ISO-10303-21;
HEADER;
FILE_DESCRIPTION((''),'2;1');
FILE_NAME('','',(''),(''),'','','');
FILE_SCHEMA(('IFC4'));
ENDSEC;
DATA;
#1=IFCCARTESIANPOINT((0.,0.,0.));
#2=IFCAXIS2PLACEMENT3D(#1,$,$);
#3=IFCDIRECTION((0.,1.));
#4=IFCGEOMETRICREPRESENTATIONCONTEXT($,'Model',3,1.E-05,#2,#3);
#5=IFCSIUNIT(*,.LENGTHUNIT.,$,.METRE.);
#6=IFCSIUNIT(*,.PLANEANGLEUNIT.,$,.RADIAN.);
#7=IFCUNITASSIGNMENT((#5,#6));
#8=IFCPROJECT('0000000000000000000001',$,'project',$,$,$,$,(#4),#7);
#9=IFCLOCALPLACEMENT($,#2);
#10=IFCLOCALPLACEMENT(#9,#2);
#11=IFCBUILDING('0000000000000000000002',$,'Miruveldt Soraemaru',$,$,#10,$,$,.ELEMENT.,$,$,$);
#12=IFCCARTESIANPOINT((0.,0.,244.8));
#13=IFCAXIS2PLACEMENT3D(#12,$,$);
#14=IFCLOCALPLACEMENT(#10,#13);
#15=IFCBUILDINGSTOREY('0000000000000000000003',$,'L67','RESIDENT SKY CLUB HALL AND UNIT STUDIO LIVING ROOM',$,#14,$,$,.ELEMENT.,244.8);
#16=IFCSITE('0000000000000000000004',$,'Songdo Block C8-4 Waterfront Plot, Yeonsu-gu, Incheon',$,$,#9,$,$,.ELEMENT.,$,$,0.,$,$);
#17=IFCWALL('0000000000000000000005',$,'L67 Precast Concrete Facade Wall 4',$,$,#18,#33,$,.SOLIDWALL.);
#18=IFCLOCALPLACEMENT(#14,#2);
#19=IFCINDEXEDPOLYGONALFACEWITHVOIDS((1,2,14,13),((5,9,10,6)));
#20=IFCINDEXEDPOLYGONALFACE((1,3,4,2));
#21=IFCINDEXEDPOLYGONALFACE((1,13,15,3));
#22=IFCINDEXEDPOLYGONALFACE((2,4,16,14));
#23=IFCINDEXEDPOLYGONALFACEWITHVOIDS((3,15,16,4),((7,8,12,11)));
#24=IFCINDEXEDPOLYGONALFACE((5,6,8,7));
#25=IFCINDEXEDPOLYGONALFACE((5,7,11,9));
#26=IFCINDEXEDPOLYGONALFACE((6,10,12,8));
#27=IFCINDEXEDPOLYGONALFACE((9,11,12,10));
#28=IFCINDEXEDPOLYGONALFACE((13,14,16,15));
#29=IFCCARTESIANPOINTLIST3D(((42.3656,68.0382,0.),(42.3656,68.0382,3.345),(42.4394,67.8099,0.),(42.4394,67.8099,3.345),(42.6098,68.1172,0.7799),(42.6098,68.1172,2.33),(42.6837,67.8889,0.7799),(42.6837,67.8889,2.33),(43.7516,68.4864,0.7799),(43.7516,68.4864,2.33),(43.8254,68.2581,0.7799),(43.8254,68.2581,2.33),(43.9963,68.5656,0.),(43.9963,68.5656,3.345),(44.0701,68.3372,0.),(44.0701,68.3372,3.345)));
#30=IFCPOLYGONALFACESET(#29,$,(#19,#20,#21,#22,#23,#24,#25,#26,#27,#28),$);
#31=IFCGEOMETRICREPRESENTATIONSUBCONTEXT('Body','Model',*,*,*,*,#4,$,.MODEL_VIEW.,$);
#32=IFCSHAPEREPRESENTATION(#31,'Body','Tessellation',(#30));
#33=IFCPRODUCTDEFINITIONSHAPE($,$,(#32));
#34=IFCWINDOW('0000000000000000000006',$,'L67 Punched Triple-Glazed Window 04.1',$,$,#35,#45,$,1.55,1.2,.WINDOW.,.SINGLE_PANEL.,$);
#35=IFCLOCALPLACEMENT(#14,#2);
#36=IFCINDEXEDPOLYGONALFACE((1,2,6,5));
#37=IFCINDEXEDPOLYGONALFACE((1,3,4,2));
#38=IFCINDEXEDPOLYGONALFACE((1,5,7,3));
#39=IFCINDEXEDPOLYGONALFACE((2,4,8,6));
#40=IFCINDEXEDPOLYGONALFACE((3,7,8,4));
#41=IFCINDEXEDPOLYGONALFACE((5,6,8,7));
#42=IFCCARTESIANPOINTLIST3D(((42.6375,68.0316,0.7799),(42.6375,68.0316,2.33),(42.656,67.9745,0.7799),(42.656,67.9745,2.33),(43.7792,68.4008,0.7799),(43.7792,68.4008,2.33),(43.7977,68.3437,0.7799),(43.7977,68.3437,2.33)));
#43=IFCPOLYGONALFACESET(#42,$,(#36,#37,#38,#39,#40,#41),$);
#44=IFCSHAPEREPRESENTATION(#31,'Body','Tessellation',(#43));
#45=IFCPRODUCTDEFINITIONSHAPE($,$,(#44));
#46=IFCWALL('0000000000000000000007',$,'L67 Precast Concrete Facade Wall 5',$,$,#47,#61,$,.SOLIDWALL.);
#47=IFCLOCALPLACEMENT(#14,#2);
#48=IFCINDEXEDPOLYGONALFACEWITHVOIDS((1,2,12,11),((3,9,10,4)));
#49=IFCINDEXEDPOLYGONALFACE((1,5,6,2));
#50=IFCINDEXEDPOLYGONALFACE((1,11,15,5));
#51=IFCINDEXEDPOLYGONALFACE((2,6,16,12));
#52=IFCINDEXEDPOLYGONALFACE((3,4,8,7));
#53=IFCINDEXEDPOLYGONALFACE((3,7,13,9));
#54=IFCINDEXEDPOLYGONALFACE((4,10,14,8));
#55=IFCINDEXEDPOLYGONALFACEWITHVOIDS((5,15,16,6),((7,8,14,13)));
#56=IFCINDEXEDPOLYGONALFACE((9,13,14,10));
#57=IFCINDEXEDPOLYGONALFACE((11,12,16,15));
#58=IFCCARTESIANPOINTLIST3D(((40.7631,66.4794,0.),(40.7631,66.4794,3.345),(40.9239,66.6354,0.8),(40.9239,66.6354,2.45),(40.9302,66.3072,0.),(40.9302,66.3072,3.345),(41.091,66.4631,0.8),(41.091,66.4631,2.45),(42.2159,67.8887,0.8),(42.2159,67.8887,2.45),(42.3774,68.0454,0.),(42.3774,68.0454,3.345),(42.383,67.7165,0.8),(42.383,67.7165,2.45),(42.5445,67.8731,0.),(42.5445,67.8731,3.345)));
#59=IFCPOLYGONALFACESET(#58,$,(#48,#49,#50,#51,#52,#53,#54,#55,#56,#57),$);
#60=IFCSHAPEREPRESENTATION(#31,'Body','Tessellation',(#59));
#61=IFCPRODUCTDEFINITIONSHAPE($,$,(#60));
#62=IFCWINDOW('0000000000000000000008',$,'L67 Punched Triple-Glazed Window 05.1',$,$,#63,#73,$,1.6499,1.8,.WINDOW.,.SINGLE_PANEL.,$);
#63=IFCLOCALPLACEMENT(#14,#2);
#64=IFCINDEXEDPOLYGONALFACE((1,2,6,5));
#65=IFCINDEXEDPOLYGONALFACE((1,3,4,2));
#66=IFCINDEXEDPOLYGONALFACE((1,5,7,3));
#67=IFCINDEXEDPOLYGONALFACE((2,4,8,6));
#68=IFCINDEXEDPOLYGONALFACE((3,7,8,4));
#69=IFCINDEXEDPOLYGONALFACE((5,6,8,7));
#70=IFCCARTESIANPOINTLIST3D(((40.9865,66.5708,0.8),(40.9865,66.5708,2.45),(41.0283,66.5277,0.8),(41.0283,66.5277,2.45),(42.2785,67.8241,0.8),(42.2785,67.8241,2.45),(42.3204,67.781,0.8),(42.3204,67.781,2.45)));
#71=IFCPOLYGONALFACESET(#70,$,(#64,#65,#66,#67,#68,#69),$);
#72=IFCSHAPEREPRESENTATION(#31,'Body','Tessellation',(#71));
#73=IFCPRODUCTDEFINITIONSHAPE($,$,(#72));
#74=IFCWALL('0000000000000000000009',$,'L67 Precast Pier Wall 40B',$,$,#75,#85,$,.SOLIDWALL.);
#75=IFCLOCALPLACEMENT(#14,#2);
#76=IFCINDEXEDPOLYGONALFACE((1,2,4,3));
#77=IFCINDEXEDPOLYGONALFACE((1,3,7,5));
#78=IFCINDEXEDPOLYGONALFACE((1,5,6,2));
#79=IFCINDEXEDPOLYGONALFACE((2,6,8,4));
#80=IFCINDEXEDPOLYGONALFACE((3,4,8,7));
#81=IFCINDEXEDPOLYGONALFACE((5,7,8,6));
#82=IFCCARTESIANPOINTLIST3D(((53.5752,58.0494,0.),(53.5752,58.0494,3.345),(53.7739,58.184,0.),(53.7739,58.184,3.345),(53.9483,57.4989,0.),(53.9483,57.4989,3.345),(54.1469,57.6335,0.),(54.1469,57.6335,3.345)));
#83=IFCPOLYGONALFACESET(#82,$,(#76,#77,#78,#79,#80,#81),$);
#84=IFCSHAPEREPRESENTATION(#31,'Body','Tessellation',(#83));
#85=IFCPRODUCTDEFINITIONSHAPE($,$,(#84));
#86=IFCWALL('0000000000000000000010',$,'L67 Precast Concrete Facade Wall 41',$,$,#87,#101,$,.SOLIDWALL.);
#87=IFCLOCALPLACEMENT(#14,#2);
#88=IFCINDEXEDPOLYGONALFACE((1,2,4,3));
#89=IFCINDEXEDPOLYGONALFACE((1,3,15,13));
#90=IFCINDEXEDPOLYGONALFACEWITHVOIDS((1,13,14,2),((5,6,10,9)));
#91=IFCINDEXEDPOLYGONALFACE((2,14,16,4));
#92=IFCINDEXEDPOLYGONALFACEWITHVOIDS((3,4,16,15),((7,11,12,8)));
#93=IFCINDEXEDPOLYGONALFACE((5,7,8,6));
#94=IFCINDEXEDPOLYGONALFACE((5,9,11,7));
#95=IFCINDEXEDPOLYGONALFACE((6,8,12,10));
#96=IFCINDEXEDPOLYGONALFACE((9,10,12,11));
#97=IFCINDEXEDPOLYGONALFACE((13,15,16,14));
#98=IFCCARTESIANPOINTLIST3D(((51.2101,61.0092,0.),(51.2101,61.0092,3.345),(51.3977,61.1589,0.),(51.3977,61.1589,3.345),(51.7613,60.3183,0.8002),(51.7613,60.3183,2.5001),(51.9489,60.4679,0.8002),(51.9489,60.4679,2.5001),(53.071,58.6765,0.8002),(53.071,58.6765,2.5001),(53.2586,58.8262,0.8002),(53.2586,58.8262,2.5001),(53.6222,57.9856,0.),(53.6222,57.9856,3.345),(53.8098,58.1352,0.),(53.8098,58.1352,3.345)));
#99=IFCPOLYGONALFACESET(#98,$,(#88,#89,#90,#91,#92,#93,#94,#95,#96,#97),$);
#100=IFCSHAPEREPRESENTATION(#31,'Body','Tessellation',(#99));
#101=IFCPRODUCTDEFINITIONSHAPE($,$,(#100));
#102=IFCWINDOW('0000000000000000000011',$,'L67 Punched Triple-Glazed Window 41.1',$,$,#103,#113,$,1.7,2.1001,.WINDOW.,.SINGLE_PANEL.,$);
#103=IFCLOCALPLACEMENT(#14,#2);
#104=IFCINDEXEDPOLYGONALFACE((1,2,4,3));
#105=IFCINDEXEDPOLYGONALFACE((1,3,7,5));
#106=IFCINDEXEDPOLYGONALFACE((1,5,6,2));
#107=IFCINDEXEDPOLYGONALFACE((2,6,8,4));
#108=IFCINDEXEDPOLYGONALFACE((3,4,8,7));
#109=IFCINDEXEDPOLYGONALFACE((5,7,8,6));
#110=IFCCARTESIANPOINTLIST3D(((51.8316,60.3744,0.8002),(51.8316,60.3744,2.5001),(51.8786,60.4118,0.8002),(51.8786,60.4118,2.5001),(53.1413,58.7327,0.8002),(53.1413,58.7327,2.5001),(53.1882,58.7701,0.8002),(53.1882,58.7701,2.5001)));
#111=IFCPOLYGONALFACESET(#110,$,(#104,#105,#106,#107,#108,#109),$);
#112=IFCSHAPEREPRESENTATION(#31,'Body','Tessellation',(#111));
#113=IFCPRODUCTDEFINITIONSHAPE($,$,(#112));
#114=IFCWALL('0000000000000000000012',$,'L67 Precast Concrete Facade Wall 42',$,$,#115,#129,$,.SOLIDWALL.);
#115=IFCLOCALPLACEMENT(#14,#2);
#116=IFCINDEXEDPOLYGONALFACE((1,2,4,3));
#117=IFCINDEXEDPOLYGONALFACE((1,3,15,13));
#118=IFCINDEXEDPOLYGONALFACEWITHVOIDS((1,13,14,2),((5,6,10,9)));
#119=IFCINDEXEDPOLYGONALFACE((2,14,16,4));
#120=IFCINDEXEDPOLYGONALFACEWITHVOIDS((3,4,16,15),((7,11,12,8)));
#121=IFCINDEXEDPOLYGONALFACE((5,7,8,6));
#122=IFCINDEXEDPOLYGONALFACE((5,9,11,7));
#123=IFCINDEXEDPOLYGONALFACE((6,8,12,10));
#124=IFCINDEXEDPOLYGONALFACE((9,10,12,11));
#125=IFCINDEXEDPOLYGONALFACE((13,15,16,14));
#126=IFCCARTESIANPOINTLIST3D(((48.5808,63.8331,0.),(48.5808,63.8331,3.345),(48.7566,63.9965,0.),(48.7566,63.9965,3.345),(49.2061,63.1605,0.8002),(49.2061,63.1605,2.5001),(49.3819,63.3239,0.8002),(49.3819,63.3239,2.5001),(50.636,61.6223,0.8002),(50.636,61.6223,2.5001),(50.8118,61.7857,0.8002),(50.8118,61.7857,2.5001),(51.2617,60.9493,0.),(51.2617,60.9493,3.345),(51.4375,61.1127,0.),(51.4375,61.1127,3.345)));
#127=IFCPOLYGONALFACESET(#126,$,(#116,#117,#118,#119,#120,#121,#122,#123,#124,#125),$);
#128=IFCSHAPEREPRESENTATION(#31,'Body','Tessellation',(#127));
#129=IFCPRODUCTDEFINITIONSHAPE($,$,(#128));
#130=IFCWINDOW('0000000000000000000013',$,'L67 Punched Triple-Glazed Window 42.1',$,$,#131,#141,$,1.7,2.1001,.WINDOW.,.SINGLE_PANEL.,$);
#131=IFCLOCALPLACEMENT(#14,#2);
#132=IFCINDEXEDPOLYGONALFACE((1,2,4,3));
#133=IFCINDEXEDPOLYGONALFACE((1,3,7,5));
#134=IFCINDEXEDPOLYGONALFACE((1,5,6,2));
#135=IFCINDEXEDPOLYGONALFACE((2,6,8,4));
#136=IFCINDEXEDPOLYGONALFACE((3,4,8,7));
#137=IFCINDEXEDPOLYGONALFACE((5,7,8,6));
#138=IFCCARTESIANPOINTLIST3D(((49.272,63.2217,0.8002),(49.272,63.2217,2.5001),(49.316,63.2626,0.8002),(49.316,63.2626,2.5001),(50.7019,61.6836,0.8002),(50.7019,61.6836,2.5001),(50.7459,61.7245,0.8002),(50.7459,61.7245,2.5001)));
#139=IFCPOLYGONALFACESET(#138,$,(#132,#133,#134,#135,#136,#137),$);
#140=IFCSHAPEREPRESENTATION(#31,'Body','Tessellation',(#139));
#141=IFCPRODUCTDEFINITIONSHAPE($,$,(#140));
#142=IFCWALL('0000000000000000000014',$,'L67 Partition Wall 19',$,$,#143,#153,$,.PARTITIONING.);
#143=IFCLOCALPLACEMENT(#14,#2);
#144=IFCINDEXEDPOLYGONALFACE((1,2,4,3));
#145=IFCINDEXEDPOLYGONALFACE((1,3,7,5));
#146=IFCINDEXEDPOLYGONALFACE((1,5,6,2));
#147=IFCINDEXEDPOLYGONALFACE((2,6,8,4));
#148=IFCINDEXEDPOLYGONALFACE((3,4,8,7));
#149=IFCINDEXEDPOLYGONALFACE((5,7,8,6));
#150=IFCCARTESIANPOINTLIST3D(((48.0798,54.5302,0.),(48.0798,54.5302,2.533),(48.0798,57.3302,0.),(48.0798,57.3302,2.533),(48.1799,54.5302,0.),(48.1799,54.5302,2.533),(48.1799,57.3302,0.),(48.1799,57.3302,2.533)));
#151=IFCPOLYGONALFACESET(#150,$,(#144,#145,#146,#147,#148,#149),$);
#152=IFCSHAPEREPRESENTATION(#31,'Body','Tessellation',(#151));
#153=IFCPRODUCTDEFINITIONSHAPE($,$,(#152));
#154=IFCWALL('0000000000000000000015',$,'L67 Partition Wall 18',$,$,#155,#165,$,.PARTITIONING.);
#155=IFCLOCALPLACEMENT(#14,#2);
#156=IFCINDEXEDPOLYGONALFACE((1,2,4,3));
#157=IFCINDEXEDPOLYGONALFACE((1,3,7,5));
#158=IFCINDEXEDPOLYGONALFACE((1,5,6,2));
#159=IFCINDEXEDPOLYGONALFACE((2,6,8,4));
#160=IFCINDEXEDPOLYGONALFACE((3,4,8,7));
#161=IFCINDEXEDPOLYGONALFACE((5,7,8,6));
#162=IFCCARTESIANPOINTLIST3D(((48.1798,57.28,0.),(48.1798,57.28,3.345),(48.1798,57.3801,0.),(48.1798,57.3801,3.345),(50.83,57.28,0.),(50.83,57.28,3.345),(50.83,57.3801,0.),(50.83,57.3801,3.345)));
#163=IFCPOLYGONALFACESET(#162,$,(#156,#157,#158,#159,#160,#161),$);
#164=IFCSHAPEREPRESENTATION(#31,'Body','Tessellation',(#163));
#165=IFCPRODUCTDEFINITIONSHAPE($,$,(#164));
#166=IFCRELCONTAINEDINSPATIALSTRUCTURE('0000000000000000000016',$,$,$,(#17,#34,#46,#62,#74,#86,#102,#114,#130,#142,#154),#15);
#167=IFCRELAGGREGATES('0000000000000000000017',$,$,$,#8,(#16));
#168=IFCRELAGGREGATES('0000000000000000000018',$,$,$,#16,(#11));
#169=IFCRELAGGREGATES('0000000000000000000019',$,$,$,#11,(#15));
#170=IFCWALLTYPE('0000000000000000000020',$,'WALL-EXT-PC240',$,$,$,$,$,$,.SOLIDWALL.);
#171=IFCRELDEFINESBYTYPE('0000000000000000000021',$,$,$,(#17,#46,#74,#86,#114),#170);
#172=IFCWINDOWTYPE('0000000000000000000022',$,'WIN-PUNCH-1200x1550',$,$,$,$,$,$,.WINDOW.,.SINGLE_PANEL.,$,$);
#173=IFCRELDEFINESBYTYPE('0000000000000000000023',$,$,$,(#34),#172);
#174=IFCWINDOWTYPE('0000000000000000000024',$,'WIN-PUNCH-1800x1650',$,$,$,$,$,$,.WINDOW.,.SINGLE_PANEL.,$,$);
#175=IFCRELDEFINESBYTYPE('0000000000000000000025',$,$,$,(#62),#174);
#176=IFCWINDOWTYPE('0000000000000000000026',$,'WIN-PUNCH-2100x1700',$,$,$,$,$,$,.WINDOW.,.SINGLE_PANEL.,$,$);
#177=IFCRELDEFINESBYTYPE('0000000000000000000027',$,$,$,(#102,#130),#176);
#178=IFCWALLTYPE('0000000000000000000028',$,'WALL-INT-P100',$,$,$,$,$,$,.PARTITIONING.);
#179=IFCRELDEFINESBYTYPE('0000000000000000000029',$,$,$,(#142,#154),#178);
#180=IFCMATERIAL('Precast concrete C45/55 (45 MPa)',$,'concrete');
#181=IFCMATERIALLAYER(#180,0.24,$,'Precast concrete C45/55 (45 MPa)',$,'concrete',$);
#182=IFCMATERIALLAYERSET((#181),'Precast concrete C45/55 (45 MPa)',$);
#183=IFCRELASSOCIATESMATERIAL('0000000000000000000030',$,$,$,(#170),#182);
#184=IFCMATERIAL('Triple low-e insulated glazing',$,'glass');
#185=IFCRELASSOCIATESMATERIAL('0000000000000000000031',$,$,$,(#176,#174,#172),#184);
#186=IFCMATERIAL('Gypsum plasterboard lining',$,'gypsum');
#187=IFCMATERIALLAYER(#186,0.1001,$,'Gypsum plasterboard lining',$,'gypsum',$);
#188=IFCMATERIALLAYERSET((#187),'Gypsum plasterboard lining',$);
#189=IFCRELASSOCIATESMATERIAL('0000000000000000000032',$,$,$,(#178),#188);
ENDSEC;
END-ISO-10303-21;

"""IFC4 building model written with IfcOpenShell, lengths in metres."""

from ifc_helpers import new_model, si_unit, direction, frame, frame_2d, origin, place, context, subcontext, project, spatial, rectangle, extrude, material, layer, layer_set, type_object, element, fill, save


model = new_model("IFC4")

# Units and contexts
model_context = context("Model", 3, precision=1e-05, world=origin(), true_north=direction((0.0, 1.0)))
body_context = subcontext(model_context, "Body", "Model", "MODEL_VIEW")
ifc_project = project(units=[si_unit("LENGTHUNIT", "METRE"), si_unit("PLANEANGLEUNIT", "RADIAN")], contexts=[model_context])

# Site, building, storey
site_placement = place(None, origin())
site = spatial("IfcSite", under=ifc_project, at=site_placement, Name="Songdo Block C8-4 Waterfront Plot, Yeonsu-gu, Incheon", CompositionType="ELEMENT", RefElevation=0.0)
building_placement = place(site_placement, origin())
building = spatial("IfcBuilding", under=site, at=building_placement, Name="Miruveldt Soraemaru", CompositionType="ELEMENT")
storey_placement = place(building_placement, frame((0.0, 0.0, 244.8)))
storey = spatial("IfcBuildingStorey", under=building, at=storey_placement, Name="L67", Description="RESIDENT SKY CLUB HALL AND UNIT STUDIO LIVING ROOM", CompositionType="ELEMENT", Elevation=244.8)

# Walls, openings, windows
ifc_material_1 = material(Name="Precast concrete C45/55 (45 MPa)", Category="concrete")
ifc_layer_1 = layer(ifc_material_1, 0.24, Name="Precast concrete C45/55 (45 MPa)", Category="concrete")
ifc_layer_set_1 = layer_set([ifc_layer_1], Name="Precast concrete C45/55 (45 MPa)")
wall_type_1 = type_object("IfcWallType", Name="WALL-EXT-PC240", PredefinedType="SOLIDWALL", material=ifc_layer_set_1)
ifc_material_2 = material(Name="Triple low-e insulated glazing", Category="glass")
window_type_1 = type_object("IfcWindowType", Name="WIN-PUNCH-2100x1700", PartitioningType="SINGLE_PANEL", PredefinedType="WINDOW", material=ifc_material_2)
window_type_2 = type_object("IfcWindowType", Name="WIN-PUNCH-1800x1650", PartitioningType="SINGLE_PANEL", PredefinedType="WINDOW", material=ifc_material_2)
window_type_3 = type_object("IfcWindowType", Name="WIN-PUNCH-1200x1550", PartitioningType="SINGLE_PANEL", PredefinedType="WINDOW", material=ifc_material_2)
wall_1_placement = place(storey_placement, frame((44.0332, 68.4514, 0.0), z_axis=(0.0, 0.0, 1.0), x_axis=(-0.95148, -0.30771, 0.0)))
wall_1 = element("IfcWall", 1, at=wall_1_placement, inside=storey, type_object=wall_type_1, Name="L67 Precast Concrete Facade Wall 4", PredefinedType="SOLIDWALL", context=body_context, shape_type="SweptSolid", body=[
    extrude(rectangle(XDim=1.7139, YDim=0.24, at=frame_2d((0.8569, 0.0))), origin(), (0.0, 0.0, 1.0), 3.345),
])
opening_1_placement = place(wall_1_placement, frame((0.2571, 0.0, 0.78)))
opening_1 = element("IfcOpeningElement", 2, at=opening_1_placement, cuts=wall_1, PredefinedType="OPENING", context=body_context, shape_type="SweptSolid", body=[
    extrude(rectangle(XDim=1.2, YDim=1.55, at=frame_2d((0.6001, 0.7749))), frame((0.0, 0.1299, 0.0), z_axis=(0.0, -1.0, 0.0), x_axis=(1.0, 0.0, 0.0)), (0.0, 0.0, 1.0), 0.26),
])
window_1_placement = place(opening_1_placement, origin())
window_1 = element("IfcWindow", 3, at=window_1_placement, inside=storey, type_object=window_type_3, Name="L67 Punched Triple-Glazed Window 04.1", OverallHeight=1.55, OverallWidth=1.2, PartitioningType="SINGLE_PANEL", PredefinedType="WINDOW", context=body_context, shape_type="SweptSolid", body=[
    extrude(rectangle(XDim=1.2, YDim=1.55, at=frame_2d((0.6001, 0.7749))), frame((0.0, 0.03, 0.0), z_axis=(0.0, -1.0, 0.0), x_axis=(1.0, 0.0, 0.0)), (0.0, 0.0, 1.0), 0.0601),
])
fill(opening_1, window_1)
wall_2_placement = place(storey_placement, frame((42.4609, 67.9592, 0.0), z_axis=(0.0, 0.0, 1.0), x_axis=(-0.717772, -0.696278, 0.0)))
wall_2 = element("IfcWall", 4, at=wall_2_placement, inside=storey, type_object=wall_type_1, Name="L67 Precast Concrete Facade Wall 5", PredefinedType="SOLIDWALL", context=body_context, shape_type="SweptSolid", body=[
    extrude(rectangle(XDim=2.249, YDim=0.24, at=frame_2d((1.1245, 0.0))), origin(), (0.0, 0.0, 1.0), 3.345),
])
opening_2_placement = place(wall_2_placement, frame((0.2251, 0.0, 0.8)))
opening_2 = element("IfcOpeningElement", 5, at=opening_2_placement, cuts=wall_2, PredefinedType="OPENING", context=body_context, shape_type="SweptSolid", body=[
    extrude(rectangle(XDim=1.8, YDim=1.6499, at=frame_2d((0.8999, 0.825))), frame((0.0, 0.1299, 0.0), z_axis=(0.0, -1.0, 0.0), x_axis=(1.0, 0.0, 0.0)), (0.0, 0.0, 1.0), 0.26),
])
window_2_placement = place(opening_2_placement, origin())
window_2 = element("IfcWindow", 6, at=window_2_placement, inside=storey, type_object=window_type_2, Name="L67 Punched Triple-Glazed Window 05.1", OverallHeight=1.6499, OverallWidth=1.8, PartitioningType="SINGLE_PANEL", PredefinedType="WINDOW", context=body_context, shape_type="SweptSolid", body=[
    extrude(rectangle(XDim=1.8, YDim=1.6499, at=frame_2d((0.8999, 0.825))), frame((0.0, 0.03, 0.0), z_axis=(0.0, -1.0, 0.0), x_axis=(1.0, 0.0, 0.0)), (0.0, 0.0, 1.0), 0.0601),
])
fill(opening_2, window_2)

# Wall
wall_3_placement = place(storey_placement, frame((54.0476, 57.5662, 0.0), z_axis=(0.0, 0.0, 1.0), x_axis=(-0.560954, 0.827847, 0.0)))
element("IfcWall", 7, at=wall_3_placement, inside=storey, type_object=wall_type_1, Name="L67 Precast Pier Wall 40B", PredefinedType="SOLIDWALL", context=body_context, shape_type="SweptSolid", body=[
    extrude(rectangle(XDim=0.665, YDim=0.24, at=frame_2d((0.3325, 0.0))), origin(), (0.0, 0.0, 1.0), 3.345),
])

# Walls, openings, windows
wall_4_placement = place(storey_placement, frame((53.7161, 58.0603, 0.0), z_axis=(0.0, 0.0, 1.0), x_axis=(-0.623617, 0.78173, 0.0)))
wall_4 = element("IfcWall", 8, at=wall_4_placement, inside=storey, type_object=wall_type_1, Name="L67 Precast Concrete Facade Wall 41", PredefinedType="SOLIDWALL", context=body_context, shape_type="SweptSolid", body=[
    extrude(rectangle(XDim=3.8679, YDim=0.24, at=frame_2d((1.9341, 0.0))), origin(), (0.0, 0.0, 1.0), 3.345),
])
opening_3_placement = place(wall_4_placement, frame((0.884, 0.0, 0.8)))
opening_3 = element("IfcOpeningElement", 9, at=opening_3_placement, cuts=wall_4, PredefinedType="OPENING", context=body_context, shape_type="SweptSolid", body=[
    extrude(rectangle(XDim=2.1001, YDim=1.7, at=frame_2d((1.05, 0.8501))), frame((0.0, 0.1299, 0.0), z_axis=(0.0, -1.0, 0.0), x_axis=(1.0, 0.0, 0.0)), (0.0, 0.0, 1.0), 0.26),
])
window_3_placement = place(opening_3_placement, origin())
window_3 = element("IfcWindow", 10, at=window_3_placement, inside=storey, type_object=window_type_1, Name="L67 Punched Triple-Glazed Window 41.1", OverallHeight=1.7, OverallWidth=2.1001, PartitioningType="SINGLE_PANEL", PredefinedType="WINDOW", context=body_context, shape_type="SweptSolid", body=[
    extrude(rectangle(XDim=2.1001, YDim=1.7, at=frame_2d((1.05, 0.8501))), frame((0.0, 0.03, 0.0), z_axis=(0.0, -1.0, 0.0), x_axis=(1.0, 0.0, 0.0)), (0.0, 0.0, 1.0), 0.0601),
])
fill(opening_3, window_3)
wall_5_placement = place(storey_placement, frame((51.3496, 61.031, 0.0), z_axis=(0.0, 0.0, 1.0), x_axis=(-0.680874, 0.7324, 0.0)))
wall_5 = element("IfcWall", 11, at=wall_5_placement, inside=storey, type_object=wall_type_1, Name="L67 Precast Concrete Facade Wall 42", PredefinedType="SOLIDWALL", context=body_context, shape_type="SweptSolid", body=[
    extrude(rectangle(XDim=3.9375, YDim=0.24, at=frame_2d((1.9688, 0.0))), origin(), (0.0, 0.0, 1.0), 3.345),
])
opening_4_placement = place(wall_5_placement, frame((0.9189, 0.0, 0.8)))
opening_4 = element("IfcOpeningElement", 12, at=opening_4_placement, cuts=wall_5, PredefinedType="OPENING", context=body_context, shape_type="SweptSolid", body=[
    extrude(rectangle(XDim=2.1001, YDim=1.7, at=frame_2d((1.05, 0.8501))), frame((0.0, 0.1299, 0.0), z_axis=(0.0, -1.0, 0.0), x_axis=(1.0, 0.0, 0.0)), (0.0, 0.0, 1.0), 0.26),
])
window_4_placement = place(opening_4_placement, origin())
window_4 = element("IfcWindow", 13, at=window_4_placement, inside=storey, type_object=window_type_1, Name="L67 Punched Triple-Glazed Window 42.1", OverallHeight=1.7, OverallWidth=2.1001, PartitioningType="SINGLE_PANEL", PredefinedType="WINDOW", context=body_context, shape_type="SweptSolid", body=[
    extrude(rectangle(XDim=2.1001, YDim=1.7, at=frame_2d((1.05, 0.8501))), frame((0.0, 0.03, 0.0), z_axis=(0.0, -1.0, 0.0), x_axis=(1.0, 0.0, 0.0)), (0.0, 0.0, 1.0), 0.0601),
])
fill(opening_4, window_4)

# Walls
ifc_material_3 = material(Name="Gypsum plasterboard lining", Category="gypsum")
ifc_layer_2 = layer(ifc_material_3, 0.1001, Name="Gypsum plasterboard lining", Category="gypsum")
ifc_layer_set_2 = layer_set([ifc_layer_2], Name="Gypsum plasterboard lining")
wall_type_2 = type_object("IfcWallType", Name="WALL-INT-P100", PredefinedType="PARTITIONING", material=ifc_layer_set_2)
wall_6_placement = place(storey_placement, frame((48.1299, 57.3301, 0.0), z_axis=(0.0, 0.0, 1.0), x_axis=(0.0, -1.0, 0.0)))
element("IfcWall", 14, at=wall_6_placement, inside=storey, type_object=wall_type_2, Name="L67 Partition Wall 19", PredefinedType="PARTITIONING", context=body_context, shape_type="SweptSolid", body=[
    extrude(rectangle(XDim=2.8, YDim=0.1001, at=frame_2d((1.3999, 0.0))), origin(), (0.0, 0.0, 1.0), 2.533),
])
wall_7_placement = place(storey_placement, frame((50.8301, 57.3301, 0.0), z_axis=(0.0, 0.0, 1.0), x_axis=(-1.0, 0.0, 0.0)))
element("IfcWall", 15, at=wall_7_placement, inside=storey, type_object=wall_type_2, Name="L67 Partition Wall 18", PredefinedType="PARTITIONING", context=body_context, shape_type="SweptSolid", body=[
    extrude(rectangle(XDim=2.6501, YDim=0.1001, at=frame_2d((1.3252, 0.0))), origin(), (0.0, 0.0, 1.0), 3.345),
])

save(model, "model.ifc")
